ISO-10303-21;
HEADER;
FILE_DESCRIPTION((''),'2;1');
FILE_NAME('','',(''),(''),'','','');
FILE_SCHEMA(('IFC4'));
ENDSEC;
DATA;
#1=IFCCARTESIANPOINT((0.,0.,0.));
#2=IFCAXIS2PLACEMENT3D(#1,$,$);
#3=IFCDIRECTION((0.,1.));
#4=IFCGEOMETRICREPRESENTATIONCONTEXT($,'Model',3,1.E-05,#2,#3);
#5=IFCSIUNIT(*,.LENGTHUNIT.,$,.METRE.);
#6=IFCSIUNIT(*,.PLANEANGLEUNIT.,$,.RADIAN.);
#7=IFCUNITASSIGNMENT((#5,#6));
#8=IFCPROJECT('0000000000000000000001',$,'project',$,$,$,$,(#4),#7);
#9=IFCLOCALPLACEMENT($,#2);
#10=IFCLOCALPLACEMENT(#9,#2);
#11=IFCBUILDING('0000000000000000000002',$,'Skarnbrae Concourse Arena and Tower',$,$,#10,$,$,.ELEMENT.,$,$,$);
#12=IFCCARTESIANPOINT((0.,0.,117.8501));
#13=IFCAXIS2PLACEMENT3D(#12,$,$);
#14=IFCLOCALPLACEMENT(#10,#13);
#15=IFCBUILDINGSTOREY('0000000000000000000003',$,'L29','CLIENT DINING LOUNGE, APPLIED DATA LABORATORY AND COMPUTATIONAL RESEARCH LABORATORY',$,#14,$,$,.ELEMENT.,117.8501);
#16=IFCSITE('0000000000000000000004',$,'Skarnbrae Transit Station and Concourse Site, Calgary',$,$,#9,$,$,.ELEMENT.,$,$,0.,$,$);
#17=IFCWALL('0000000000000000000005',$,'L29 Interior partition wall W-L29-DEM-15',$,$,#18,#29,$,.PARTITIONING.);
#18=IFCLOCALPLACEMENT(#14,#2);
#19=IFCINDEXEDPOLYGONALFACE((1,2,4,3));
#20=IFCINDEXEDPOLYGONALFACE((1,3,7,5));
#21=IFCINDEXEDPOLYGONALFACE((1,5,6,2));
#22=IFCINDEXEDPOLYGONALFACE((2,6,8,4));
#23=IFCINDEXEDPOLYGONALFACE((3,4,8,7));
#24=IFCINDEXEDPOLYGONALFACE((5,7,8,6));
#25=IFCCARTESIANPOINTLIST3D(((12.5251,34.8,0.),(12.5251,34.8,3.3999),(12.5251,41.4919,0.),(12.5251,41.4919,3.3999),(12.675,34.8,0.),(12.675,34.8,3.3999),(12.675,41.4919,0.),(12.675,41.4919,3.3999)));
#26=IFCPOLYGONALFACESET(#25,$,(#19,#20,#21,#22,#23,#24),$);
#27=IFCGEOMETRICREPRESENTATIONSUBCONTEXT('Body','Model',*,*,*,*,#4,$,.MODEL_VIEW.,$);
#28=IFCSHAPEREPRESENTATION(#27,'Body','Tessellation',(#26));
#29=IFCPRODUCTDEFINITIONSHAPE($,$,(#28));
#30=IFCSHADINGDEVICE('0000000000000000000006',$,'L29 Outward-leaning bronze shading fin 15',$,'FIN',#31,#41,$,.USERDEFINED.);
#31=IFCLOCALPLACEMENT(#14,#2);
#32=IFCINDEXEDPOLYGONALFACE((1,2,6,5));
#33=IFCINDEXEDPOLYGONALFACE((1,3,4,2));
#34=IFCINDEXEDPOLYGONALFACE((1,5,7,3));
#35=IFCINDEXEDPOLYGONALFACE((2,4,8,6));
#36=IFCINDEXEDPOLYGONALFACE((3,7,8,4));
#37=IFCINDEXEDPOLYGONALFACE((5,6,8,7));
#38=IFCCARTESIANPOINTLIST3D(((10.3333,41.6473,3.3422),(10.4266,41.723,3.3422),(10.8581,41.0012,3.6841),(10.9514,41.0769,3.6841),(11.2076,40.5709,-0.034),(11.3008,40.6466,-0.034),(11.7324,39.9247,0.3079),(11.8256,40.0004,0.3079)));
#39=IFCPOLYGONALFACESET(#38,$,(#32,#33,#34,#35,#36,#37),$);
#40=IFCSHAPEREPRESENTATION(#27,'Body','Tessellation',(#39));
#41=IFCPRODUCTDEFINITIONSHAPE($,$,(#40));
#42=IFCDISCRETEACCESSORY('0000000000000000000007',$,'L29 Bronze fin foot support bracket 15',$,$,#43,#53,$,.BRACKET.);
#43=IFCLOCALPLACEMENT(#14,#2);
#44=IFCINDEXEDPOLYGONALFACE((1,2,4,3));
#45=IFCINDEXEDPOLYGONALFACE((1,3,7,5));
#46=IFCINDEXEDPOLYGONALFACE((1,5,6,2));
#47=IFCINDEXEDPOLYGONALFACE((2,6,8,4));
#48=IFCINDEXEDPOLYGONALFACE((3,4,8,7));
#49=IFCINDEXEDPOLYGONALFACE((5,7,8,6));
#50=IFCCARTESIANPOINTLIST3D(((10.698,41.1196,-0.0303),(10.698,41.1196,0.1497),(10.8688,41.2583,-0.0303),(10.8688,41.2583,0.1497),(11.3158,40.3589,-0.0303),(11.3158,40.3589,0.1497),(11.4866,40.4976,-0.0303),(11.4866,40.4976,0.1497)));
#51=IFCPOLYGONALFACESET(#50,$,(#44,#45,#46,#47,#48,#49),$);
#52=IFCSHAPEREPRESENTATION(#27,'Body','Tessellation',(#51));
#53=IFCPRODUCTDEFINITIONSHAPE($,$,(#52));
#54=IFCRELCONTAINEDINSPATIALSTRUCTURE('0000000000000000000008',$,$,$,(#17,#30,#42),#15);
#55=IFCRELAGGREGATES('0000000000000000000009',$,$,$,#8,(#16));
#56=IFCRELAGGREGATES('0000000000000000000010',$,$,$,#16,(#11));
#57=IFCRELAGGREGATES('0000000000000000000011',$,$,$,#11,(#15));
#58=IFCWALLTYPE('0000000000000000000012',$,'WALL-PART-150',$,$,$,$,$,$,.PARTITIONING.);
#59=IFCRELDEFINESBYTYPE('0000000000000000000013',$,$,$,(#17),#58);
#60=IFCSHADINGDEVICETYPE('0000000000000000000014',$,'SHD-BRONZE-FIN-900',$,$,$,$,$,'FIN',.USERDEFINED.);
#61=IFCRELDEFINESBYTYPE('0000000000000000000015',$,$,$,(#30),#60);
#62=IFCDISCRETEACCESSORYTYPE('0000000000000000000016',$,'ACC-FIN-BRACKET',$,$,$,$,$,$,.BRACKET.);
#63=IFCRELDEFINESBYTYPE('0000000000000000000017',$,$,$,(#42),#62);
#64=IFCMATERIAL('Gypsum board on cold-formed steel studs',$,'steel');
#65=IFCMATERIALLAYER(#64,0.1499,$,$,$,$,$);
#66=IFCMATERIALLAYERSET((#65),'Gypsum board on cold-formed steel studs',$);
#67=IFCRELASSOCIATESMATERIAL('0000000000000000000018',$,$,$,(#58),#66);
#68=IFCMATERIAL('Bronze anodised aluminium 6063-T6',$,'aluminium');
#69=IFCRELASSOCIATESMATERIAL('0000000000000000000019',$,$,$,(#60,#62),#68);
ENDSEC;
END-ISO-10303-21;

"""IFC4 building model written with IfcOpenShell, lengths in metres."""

from ifc_helpers import new_model, si_unit, direction, frame, frame_2d, origin, origin_2d, place, context, subcontext, project, spatial, rectangle, extrude, source, transform, mapped, material, layer, layer_set, type_object, element, save


model = new_model("IFC4")

# Units and contexts
model_context = context("Model", 3, precision=1e-05, world=origin(), true_north=direction((0.0, 1.0)))
body_context = subcontext(model_context, "Body", "Model", "MODEL_VIEW")
ifc_project = project(units=[si_unit("LENGTHUNIT", "METRE"), si_unit("PLANEANGLEUNIT", "RADIAN")], contexts=[model_context])

# Site, building, storey
site_placement = place(None, origin())
site = spatial("IfcSite", under=ifc_project, at=site_placement, Name="Skarnbrae Transit Station and Concourse Site, Calgary", CompositionType="ELEMENT", RefElevation=0.0)
building_placement = place(site_placement, origin())
building = spatial("IfcBuilding", under=site, at=building_placement, Name="Skarnbrae Concourse Arena and Tower", CompositionType="ELEMENT")
storey_placement = place(building_placement, frame((0.0, 0.0, 117.8501)))
storey = spatial("IfcBuildingStorey", under=building, at=storey_placement, Name="L29", Description="CLIENT DINING LOUNGE, APPLIED DATA LABORATORY AND COMPUTATIONAL RESEARCH LABORATORY", CompositionType="ELEMENT", Elevation=117.8501)

# Shared definitions
ifc_material_1 = material(Name="Bronze anodised aluminium 6063-T6", Category="aluminium")

# Wall
ifc_material_2 = material(Name="Gypsum board on cold-formed steel studs", Category="steel")
ifc_layer_1 = layer(ifc_material_2, 0.1499)
ifc_layer_set_1 = layer_set([ifc_layer_1], Name="Gypsum board on cold-formed steel studs")
wall_type_1 = type_object("IfcWallType", Name="WALL-PART-150", PredefinedType="PARTITIONING", material=ifc_layer_set_1)
shared_shape_1 = source(origin(), body_context, "Body", "SweptSolid", [
    extrude(rectangle(XDim=6.6919, YDim=0.1499, at=frame_2d((3.3459, 0.0))), origin(), (0.0, 0.0, 1.0), 3.3999),
])
wall_1_placement = place(storey_placement, frame((12.6001, 41.4919, 0.0), z_axis=(0.0, 0.0, 1.0), x_axis=(0.0, -1.0, 0.0)))
element("IfcWall", 1, at=wall_1_placement, inside=storey, type_object=wall_type_1, Name="L29 Interior partition wall W-L29-DEM-15", PredefinedType="PARTITIONING", context=body_context, shape_type="MappedRepresentation", body=[
    mapped(shared_shape_1, transform((0.0, 0.0, 0.0))),
])

# Shading device
shading_device_type = type_object("IfcShadingDeviceType", Name="SHD-BRONZE-FIN-900", ElementType="FIN", PredefinedType="USERDEFINED", material=ifc_material_1)
shared_shape_2 = source(origin(), body_context, "Body", "SweptSolid", [
    extrude(rectangle(XDim=0.1201, YDim=0.8999, at=origin_2d()), origin(), (0.0, 0.0, 1.0), 3.6499),
])
shading_device_placement = place(storey_placement, frame((11.5166, 40.2856, 0.137), z_axis=(-0.239527, 0.294927, 0.925011), x_axis=(0.776245, 0.630432, 0.0)))
element("IfcShadingDevice", 2, at=shading_device_placement, inside=storey, type_object=shading_device_type, Name="L29 Outward-leaning bronze shading fin 15", ObjectType="FIN", PredefinedType="USERDEFINED", context=body_context, shape_type="MappedRepresentation", body=[
    mapped(shared_shape_2, transform((0.0, 0.0, 0.0))),
])

# Discrete accessory
discrete_accessory_type = type_object("IfcDiscreteAccessoryType", Name="ACC-FIN-BRACKET", PredefinedType="BRACKET", material=ifc_material_1)
shared_shape_3 = source(origin(), body_context, "Body", "SweptSolid", [
    extrude(rectangle(XDim=0.22, YDim=0.98, at=origin_2d()), origin(), (0.0, 0.0, 1.0), 0.1799),
])
discrete_accessory_placement = place(storey_placement, frame((11.0923, 40.8086, -0.0303), z_axis=(0.0, 0.0, 1.0), x_axis=(0.776245, 0.630432, 0.0)))
element("IfcDiscreteAccessory", 3, at=discrete_accessory_placement, inside=storey, type_object=discrete_accessory_type, Name="L29 Bronze fin foot support bracket 15", PredefinedType="BRACKET", context=body_context, shape_type="MappedRepresentation", body=[
    mapped(shared_shape_3, transform((0.0, 0.0, 0.0))),
])

save(model, "model.ifc")
